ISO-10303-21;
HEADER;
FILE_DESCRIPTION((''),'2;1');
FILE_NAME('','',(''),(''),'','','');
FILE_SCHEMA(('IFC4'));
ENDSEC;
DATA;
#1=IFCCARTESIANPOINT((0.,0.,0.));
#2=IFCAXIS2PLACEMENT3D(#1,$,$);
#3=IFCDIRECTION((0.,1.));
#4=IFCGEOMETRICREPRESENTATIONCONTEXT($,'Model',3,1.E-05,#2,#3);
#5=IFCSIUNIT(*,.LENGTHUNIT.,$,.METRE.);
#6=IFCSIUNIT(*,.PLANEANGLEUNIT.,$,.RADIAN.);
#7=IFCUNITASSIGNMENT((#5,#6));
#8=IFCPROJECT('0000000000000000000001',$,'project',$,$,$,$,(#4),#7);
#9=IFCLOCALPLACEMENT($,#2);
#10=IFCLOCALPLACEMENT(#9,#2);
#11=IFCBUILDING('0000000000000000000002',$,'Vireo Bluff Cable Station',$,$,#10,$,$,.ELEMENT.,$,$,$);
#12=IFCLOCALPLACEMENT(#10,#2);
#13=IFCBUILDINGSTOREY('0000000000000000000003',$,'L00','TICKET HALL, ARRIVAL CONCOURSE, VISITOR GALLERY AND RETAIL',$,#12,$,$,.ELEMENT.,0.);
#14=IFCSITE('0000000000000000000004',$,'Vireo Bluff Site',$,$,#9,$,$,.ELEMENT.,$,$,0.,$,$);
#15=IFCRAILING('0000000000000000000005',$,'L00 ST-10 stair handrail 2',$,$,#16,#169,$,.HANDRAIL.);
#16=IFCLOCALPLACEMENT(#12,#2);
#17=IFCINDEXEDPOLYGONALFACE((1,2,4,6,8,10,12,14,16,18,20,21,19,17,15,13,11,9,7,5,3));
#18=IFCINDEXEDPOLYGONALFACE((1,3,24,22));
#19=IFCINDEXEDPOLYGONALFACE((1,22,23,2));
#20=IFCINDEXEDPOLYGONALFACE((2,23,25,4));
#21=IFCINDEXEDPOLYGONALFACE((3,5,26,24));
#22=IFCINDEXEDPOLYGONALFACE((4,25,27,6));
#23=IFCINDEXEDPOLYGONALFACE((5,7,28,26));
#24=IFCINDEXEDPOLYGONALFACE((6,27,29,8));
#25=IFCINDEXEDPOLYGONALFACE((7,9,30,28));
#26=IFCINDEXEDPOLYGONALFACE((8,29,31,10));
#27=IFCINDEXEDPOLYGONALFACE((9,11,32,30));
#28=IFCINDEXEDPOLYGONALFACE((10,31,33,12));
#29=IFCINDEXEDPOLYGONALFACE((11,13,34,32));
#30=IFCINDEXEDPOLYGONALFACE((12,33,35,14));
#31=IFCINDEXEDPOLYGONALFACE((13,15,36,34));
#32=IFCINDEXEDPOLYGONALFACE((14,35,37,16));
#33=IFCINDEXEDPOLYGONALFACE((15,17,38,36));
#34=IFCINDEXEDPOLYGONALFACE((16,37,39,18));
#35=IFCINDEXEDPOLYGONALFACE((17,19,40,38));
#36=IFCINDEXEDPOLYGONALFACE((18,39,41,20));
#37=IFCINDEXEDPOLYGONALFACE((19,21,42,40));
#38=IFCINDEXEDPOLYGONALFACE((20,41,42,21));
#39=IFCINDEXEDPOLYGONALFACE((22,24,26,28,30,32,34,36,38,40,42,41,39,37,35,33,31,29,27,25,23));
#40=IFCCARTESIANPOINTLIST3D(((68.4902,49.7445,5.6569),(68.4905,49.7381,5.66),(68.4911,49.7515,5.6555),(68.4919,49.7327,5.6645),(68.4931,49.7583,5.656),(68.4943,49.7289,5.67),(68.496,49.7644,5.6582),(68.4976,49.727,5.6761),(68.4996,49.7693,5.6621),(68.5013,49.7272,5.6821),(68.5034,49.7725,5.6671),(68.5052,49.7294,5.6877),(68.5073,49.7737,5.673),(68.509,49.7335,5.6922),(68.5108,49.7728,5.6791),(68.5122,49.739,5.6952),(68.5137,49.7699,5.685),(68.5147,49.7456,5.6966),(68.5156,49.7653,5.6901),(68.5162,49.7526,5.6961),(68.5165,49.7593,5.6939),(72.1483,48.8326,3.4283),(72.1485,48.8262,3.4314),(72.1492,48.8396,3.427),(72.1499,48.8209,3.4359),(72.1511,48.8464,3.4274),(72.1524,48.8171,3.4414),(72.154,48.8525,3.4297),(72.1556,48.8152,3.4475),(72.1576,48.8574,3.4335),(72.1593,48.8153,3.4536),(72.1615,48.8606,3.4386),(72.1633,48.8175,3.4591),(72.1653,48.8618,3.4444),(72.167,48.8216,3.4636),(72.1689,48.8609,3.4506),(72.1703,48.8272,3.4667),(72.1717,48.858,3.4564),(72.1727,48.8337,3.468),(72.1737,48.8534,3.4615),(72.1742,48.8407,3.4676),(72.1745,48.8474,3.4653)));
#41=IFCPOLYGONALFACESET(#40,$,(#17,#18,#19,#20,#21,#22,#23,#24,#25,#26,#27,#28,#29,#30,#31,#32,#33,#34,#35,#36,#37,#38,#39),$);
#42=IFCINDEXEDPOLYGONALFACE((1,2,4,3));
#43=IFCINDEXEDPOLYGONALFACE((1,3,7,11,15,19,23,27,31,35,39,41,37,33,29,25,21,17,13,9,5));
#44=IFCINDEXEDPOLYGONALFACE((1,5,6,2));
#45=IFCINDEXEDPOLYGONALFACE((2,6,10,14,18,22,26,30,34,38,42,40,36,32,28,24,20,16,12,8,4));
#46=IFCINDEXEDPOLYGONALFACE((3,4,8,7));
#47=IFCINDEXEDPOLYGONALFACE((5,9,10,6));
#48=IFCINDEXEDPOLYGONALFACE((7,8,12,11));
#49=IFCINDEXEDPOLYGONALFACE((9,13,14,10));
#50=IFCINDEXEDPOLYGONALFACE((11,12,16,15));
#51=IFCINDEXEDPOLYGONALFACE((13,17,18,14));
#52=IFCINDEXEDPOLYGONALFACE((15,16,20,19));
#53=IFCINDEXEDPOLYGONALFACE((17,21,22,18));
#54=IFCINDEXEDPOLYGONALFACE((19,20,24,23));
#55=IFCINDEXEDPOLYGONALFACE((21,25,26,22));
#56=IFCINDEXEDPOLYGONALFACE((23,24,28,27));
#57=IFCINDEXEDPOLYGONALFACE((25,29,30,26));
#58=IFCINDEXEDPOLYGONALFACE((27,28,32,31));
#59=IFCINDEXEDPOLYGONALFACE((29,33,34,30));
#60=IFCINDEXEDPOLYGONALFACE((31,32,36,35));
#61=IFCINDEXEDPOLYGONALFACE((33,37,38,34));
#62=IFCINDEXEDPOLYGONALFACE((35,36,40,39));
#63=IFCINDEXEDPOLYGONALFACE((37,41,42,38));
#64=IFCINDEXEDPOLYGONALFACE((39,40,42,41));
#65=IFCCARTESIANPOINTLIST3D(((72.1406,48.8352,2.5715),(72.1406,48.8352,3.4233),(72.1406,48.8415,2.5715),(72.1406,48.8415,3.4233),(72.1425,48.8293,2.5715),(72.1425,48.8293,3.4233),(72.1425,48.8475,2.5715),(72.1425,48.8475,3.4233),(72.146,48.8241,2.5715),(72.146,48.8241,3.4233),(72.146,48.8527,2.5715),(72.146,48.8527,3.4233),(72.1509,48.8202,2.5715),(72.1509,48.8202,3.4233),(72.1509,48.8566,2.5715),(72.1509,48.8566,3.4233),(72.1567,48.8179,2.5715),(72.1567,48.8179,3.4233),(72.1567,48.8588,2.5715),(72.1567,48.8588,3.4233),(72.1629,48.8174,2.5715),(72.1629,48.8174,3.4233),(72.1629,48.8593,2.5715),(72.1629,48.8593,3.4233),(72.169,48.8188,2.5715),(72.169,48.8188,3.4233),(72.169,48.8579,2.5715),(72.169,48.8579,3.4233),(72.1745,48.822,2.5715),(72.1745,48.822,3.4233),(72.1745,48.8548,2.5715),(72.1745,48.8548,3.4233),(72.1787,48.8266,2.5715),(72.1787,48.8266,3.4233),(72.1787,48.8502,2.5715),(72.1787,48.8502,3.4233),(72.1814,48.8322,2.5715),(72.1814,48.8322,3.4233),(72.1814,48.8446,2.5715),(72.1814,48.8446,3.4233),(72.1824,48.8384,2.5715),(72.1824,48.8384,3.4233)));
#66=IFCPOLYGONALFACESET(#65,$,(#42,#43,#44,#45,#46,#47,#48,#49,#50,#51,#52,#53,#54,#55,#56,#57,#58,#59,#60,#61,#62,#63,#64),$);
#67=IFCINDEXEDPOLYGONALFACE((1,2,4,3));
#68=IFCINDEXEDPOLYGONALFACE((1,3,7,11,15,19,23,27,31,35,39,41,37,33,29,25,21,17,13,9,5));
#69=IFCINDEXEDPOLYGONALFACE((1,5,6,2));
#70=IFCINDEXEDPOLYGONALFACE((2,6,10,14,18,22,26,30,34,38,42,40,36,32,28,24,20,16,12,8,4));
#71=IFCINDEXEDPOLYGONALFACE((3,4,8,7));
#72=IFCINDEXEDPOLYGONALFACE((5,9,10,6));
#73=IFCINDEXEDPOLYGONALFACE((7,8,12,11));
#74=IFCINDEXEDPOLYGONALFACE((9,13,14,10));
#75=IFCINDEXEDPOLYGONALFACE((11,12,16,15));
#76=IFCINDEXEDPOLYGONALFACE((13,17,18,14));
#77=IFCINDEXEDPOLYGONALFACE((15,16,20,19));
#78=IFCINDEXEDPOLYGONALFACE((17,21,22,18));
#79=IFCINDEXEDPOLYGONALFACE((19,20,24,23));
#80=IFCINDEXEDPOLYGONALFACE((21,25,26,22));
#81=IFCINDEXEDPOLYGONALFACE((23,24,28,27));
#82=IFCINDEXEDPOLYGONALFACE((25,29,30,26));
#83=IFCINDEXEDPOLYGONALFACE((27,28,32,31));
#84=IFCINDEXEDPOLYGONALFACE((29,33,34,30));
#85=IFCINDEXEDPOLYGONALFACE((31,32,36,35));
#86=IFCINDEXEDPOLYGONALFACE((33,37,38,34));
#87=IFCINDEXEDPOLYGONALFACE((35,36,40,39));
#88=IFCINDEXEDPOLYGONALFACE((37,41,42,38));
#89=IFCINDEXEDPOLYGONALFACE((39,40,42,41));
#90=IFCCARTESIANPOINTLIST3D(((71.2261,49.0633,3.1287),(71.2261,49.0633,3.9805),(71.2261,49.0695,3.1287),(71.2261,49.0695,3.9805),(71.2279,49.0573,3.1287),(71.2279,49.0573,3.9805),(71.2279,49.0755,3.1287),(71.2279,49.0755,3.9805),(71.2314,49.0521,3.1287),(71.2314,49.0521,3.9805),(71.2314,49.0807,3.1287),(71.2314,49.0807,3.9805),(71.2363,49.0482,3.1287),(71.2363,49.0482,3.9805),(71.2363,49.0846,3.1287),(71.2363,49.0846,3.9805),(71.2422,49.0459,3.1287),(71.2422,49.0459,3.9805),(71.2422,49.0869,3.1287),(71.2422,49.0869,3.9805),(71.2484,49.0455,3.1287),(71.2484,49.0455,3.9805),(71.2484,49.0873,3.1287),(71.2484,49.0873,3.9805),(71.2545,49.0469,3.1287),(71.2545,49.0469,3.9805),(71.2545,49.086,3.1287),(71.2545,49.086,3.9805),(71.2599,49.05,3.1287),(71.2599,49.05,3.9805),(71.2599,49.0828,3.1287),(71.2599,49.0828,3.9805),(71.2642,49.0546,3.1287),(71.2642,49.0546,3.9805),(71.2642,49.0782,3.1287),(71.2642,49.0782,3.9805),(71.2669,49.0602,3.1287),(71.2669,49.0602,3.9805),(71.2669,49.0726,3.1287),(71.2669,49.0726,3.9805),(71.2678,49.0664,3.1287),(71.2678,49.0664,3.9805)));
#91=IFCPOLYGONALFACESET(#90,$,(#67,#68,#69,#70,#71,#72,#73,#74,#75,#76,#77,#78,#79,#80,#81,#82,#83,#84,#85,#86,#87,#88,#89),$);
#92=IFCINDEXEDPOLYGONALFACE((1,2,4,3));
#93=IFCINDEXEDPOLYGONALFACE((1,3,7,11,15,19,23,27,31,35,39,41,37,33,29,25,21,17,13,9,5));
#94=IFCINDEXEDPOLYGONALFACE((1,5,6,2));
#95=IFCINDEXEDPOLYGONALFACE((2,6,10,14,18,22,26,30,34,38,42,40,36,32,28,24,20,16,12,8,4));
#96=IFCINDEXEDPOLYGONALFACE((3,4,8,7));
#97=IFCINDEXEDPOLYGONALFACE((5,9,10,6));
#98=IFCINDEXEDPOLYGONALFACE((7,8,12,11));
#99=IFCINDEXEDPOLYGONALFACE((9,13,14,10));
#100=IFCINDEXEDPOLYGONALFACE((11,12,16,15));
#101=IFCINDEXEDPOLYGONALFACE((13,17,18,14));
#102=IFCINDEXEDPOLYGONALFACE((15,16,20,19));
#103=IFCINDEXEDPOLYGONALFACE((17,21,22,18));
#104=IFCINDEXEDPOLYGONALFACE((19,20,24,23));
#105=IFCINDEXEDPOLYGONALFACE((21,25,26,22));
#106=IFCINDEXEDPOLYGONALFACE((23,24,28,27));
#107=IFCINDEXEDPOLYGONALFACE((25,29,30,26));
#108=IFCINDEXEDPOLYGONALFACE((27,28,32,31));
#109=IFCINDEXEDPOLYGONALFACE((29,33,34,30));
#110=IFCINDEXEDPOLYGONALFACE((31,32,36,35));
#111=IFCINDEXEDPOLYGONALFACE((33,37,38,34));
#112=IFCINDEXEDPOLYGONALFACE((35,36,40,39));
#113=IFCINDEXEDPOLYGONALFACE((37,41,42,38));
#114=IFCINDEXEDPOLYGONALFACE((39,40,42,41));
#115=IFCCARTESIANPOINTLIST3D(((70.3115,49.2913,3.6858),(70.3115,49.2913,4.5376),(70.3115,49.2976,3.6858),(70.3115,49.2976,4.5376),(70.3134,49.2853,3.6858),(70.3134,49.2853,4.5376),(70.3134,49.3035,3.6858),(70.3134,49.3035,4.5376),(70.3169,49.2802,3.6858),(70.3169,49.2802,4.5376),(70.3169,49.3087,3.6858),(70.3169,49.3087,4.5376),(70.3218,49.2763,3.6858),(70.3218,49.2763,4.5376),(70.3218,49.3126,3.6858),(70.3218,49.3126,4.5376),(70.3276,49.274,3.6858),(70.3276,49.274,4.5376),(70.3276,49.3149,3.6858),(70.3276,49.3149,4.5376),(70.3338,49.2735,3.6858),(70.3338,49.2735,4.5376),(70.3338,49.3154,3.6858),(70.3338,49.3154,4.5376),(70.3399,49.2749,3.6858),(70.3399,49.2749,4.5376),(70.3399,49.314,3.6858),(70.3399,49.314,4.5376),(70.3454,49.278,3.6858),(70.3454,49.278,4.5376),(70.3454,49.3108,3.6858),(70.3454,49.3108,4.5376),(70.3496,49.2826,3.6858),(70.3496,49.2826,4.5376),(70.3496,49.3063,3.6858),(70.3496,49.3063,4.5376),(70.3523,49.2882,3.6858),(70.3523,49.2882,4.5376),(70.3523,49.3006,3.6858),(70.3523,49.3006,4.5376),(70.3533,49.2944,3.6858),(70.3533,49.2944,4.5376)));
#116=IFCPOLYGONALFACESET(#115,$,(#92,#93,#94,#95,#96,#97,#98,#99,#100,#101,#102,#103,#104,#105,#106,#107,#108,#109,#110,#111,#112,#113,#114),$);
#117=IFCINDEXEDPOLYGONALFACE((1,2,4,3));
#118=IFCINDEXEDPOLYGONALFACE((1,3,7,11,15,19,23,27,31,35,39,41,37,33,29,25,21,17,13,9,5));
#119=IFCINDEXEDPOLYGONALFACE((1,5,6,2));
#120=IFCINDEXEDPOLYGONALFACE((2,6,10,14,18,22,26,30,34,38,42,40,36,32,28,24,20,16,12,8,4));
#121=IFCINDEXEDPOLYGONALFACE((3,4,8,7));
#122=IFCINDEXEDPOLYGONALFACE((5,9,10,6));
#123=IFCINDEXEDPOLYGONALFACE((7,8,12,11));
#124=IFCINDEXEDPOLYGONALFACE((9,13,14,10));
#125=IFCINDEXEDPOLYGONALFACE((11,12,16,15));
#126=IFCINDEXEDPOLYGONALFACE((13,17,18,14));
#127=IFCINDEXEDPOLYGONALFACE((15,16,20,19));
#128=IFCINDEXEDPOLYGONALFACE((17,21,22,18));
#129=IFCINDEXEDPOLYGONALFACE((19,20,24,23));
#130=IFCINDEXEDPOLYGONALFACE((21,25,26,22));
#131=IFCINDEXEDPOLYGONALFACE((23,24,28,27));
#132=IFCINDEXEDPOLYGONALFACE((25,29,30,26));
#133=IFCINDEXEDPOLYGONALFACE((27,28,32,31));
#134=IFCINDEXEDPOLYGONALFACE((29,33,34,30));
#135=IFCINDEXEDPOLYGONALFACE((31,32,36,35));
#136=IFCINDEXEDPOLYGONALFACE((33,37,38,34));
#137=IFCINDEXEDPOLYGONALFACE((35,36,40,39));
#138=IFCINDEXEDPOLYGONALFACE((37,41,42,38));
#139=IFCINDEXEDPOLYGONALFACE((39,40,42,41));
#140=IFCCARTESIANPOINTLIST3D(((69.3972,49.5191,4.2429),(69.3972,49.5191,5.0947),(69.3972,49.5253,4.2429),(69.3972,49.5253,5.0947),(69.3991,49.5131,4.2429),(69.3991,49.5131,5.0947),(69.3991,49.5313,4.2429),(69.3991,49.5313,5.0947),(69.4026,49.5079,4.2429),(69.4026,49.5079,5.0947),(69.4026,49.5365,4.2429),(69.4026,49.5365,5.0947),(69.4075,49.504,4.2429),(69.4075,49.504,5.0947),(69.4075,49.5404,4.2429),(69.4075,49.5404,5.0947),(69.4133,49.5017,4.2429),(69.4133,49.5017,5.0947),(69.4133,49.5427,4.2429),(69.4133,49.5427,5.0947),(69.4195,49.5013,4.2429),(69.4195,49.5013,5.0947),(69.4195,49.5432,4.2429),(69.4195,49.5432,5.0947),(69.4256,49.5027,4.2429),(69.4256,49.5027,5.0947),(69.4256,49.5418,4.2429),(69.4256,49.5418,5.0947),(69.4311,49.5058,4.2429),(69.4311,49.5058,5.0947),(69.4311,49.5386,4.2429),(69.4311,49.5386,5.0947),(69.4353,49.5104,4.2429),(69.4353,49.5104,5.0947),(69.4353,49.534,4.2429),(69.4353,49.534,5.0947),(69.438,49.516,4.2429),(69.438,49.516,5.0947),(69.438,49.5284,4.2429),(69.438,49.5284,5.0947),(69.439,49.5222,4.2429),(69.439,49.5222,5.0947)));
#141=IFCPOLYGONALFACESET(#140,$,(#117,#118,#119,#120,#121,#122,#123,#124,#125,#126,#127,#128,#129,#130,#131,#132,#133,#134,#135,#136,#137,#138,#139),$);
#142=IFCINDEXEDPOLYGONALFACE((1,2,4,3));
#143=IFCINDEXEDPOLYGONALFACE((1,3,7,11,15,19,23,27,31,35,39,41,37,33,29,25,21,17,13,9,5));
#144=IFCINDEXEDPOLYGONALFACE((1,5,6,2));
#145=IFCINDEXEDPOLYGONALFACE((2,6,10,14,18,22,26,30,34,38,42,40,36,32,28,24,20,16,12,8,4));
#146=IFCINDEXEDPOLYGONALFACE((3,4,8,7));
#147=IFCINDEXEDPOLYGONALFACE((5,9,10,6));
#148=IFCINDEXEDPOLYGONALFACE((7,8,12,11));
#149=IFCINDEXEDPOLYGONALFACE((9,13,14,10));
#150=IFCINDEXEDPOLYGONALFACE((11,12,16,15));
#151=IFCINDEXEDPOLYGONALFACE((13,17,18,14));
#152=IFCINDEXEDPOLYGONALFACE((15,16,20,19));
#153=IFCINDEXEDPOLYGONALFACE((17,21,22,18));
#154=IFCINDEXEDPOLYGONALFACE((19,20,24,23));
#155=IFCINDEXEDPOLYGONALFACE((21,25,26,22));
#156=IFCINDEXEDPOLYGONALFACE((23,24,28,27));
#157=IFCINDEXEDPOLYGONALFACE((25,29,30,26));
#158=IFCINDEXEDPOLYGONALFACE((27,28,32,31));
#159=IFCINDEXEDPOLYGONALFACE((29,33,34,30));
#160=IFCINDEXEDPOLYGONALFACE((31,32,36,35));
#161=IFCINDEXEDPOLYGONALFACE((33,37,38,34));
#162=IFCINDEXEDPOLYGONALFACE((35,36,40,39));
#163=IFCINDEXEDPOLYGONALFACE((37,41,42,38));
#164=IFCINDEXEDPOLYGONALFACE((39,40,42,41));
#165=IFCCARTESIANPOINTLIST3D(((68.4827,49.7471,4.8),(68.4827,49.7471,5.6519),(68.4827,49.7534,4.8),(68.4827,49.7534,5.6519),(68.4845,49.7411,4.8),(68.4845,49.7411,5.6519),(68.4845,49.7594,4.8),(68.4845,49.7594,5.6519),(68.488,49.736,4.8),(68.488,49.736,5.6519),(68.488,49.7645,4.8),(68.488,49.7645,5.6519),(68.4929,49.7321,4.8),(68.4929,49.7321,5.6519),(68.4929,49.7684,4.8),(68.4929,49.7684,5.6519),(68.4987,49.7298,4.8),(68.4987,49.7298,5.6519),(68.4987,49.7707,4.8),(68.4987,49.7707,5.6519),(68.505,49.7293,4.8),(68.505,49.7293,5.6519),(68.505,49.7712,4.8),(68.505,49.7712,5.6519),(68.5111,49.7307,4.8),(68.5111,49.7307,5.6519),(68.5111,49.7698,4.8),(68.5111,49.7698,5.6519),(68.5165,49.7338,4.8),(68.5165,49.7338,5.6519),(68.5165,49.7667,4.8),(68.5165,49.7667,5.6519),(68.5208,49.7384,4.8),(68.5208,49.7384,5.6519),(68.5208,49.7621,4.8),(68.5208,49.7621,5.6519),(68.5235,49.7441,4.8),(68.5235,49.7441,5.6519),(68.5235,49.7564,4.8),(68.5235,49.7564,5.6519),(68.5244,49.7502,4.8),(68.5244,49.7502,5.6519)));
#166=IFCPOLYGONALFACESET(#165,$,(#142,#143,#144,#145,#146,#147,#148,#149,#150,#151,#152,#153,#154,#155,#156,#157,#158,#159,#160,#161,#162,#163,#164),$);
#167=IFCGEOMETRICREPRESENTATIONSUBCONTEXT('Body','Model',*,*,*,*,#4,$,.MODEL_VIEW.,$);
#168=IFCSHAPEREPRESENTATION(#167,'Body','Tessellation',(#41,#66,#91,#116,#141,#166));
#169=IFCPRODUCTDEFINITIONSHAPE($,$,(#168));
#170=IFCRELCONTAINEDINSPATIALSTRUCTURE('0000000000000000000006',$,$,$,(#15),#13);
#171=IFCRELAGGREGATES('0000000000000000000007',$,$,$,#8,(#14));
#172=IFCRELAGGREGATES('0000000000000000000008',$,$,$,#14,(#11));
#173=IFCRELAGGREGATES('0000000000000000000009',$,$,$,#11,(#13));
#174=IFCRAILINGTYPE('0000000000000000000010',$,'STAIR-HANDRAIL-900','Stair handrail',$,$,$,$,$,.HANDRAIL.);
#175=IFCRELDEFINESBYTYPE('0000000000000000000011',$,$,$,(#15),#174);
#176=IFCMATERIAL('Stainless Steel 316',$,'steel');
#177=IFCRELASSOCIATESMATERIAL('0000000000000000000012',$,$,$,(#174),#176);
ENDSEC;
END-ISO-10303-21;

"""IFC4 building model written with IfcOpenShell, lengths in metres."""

from ifc_helpers import new_model, si_unit, direction, frame, origin, origin_2d, place, context, subcontext, project, spatial, circle, extrude, material, type_object, element, save


model = new_model("IFC4")

# Units and contexts
model_context = context("Model", 3, precision=1e-05, world=origin(), true_north=direction((0.0, 1.0)))
body_context = subcontext(model_context, "Body", "Model", "MODEL_VIEW")
ifc_project = project(units=[si_unit("LENGTHUNIT", "METRE"), si_unit("PLANEANGLEUNIT", "RADIAN")], contexts=[model_context])

# Site, building, storey
site_placement = place(None, origin())
site = spatial("IfcSite", under=ifc_project, at=site_placement, Name="Vireo Bluff Site", CompositionType="ELEMENT", RefElevation=0.0)
building_placement = place(site_placement, origin())
building = spatial("IfcBuilding", under=site, at=building_placement, Name="Vireo Bluff Cable Station", CompositionType="ELEMENT")
storey_placement = place(building_placement, origin())
storey = spatial("IfcBuildingStorey", under=building, at=storey_placement, Name="L00", Description="TICKET HALL, ARRIVAL CONCOURSE, VISITOR GALLERY AND RETAIL", CompositionType="ELEMENT", Elevation=0.0)

# Railing
ifc_material_1 = material(Name="Stainless Steel 316", Category="steel")
railing_type_1 = type_object("IfcRailingType", Name="STAIR-HANDRAIL-900", Description="Stair handrail", PredefinedType="HANDRAIL", material=ifc_material_1)
railing_1_placement = place(storey_placement, frame((72.1614, 48.8384, 2.5715)))
element("IfcRailing", 1, at=railing_1_placement, inside=storey, type_object=railing_type_1, Name="L00 ST-10 stair handrail 2", PredefinedType="HANDRAIL", context=body_context, shape_type="SweptSolid", body=[
    extrude(circle(Radius=0.0239, at=origin_2d()), frame((0.0, 0.0, 0.876), z_axis=(-0.83528, 0.208221, 0.508873), x_axis=(-0.24188, -0.970306, 0.0)), (0.0, 0.0, 1.0), 4.3794),
    extrude(circle(Radius=0.021, at=origin_2d()), origin(), (0.0, 0.0, 1.0), 0.8518),
    extrude(circle(Radius=0.021, at=origin_2d()), frame((-0.9146, 0.228, 0.5571)), (0.0, 0.0, 1.0), 0.8518),
    extrude(circle(Radius=0.021, at=origin_2d()), frame((-1.8291, 0.4561, 1.1143)), (0.0, 0.0, 1.0), 0.8518),
    extrude(circle(Radius=0.021, at=origin_2d()), frame((-2.7434, 0.6838, 1.6714)), (0.0, 0.0, 1.0), 0.8518),
    extrude(circle(Radius=0.021, at=origin_2d()), frame((-3.658, 0.9119, 2.2285)), (0.0, 0.0, 1.0), 0.8518),
])

save(model, "model.ifc")
